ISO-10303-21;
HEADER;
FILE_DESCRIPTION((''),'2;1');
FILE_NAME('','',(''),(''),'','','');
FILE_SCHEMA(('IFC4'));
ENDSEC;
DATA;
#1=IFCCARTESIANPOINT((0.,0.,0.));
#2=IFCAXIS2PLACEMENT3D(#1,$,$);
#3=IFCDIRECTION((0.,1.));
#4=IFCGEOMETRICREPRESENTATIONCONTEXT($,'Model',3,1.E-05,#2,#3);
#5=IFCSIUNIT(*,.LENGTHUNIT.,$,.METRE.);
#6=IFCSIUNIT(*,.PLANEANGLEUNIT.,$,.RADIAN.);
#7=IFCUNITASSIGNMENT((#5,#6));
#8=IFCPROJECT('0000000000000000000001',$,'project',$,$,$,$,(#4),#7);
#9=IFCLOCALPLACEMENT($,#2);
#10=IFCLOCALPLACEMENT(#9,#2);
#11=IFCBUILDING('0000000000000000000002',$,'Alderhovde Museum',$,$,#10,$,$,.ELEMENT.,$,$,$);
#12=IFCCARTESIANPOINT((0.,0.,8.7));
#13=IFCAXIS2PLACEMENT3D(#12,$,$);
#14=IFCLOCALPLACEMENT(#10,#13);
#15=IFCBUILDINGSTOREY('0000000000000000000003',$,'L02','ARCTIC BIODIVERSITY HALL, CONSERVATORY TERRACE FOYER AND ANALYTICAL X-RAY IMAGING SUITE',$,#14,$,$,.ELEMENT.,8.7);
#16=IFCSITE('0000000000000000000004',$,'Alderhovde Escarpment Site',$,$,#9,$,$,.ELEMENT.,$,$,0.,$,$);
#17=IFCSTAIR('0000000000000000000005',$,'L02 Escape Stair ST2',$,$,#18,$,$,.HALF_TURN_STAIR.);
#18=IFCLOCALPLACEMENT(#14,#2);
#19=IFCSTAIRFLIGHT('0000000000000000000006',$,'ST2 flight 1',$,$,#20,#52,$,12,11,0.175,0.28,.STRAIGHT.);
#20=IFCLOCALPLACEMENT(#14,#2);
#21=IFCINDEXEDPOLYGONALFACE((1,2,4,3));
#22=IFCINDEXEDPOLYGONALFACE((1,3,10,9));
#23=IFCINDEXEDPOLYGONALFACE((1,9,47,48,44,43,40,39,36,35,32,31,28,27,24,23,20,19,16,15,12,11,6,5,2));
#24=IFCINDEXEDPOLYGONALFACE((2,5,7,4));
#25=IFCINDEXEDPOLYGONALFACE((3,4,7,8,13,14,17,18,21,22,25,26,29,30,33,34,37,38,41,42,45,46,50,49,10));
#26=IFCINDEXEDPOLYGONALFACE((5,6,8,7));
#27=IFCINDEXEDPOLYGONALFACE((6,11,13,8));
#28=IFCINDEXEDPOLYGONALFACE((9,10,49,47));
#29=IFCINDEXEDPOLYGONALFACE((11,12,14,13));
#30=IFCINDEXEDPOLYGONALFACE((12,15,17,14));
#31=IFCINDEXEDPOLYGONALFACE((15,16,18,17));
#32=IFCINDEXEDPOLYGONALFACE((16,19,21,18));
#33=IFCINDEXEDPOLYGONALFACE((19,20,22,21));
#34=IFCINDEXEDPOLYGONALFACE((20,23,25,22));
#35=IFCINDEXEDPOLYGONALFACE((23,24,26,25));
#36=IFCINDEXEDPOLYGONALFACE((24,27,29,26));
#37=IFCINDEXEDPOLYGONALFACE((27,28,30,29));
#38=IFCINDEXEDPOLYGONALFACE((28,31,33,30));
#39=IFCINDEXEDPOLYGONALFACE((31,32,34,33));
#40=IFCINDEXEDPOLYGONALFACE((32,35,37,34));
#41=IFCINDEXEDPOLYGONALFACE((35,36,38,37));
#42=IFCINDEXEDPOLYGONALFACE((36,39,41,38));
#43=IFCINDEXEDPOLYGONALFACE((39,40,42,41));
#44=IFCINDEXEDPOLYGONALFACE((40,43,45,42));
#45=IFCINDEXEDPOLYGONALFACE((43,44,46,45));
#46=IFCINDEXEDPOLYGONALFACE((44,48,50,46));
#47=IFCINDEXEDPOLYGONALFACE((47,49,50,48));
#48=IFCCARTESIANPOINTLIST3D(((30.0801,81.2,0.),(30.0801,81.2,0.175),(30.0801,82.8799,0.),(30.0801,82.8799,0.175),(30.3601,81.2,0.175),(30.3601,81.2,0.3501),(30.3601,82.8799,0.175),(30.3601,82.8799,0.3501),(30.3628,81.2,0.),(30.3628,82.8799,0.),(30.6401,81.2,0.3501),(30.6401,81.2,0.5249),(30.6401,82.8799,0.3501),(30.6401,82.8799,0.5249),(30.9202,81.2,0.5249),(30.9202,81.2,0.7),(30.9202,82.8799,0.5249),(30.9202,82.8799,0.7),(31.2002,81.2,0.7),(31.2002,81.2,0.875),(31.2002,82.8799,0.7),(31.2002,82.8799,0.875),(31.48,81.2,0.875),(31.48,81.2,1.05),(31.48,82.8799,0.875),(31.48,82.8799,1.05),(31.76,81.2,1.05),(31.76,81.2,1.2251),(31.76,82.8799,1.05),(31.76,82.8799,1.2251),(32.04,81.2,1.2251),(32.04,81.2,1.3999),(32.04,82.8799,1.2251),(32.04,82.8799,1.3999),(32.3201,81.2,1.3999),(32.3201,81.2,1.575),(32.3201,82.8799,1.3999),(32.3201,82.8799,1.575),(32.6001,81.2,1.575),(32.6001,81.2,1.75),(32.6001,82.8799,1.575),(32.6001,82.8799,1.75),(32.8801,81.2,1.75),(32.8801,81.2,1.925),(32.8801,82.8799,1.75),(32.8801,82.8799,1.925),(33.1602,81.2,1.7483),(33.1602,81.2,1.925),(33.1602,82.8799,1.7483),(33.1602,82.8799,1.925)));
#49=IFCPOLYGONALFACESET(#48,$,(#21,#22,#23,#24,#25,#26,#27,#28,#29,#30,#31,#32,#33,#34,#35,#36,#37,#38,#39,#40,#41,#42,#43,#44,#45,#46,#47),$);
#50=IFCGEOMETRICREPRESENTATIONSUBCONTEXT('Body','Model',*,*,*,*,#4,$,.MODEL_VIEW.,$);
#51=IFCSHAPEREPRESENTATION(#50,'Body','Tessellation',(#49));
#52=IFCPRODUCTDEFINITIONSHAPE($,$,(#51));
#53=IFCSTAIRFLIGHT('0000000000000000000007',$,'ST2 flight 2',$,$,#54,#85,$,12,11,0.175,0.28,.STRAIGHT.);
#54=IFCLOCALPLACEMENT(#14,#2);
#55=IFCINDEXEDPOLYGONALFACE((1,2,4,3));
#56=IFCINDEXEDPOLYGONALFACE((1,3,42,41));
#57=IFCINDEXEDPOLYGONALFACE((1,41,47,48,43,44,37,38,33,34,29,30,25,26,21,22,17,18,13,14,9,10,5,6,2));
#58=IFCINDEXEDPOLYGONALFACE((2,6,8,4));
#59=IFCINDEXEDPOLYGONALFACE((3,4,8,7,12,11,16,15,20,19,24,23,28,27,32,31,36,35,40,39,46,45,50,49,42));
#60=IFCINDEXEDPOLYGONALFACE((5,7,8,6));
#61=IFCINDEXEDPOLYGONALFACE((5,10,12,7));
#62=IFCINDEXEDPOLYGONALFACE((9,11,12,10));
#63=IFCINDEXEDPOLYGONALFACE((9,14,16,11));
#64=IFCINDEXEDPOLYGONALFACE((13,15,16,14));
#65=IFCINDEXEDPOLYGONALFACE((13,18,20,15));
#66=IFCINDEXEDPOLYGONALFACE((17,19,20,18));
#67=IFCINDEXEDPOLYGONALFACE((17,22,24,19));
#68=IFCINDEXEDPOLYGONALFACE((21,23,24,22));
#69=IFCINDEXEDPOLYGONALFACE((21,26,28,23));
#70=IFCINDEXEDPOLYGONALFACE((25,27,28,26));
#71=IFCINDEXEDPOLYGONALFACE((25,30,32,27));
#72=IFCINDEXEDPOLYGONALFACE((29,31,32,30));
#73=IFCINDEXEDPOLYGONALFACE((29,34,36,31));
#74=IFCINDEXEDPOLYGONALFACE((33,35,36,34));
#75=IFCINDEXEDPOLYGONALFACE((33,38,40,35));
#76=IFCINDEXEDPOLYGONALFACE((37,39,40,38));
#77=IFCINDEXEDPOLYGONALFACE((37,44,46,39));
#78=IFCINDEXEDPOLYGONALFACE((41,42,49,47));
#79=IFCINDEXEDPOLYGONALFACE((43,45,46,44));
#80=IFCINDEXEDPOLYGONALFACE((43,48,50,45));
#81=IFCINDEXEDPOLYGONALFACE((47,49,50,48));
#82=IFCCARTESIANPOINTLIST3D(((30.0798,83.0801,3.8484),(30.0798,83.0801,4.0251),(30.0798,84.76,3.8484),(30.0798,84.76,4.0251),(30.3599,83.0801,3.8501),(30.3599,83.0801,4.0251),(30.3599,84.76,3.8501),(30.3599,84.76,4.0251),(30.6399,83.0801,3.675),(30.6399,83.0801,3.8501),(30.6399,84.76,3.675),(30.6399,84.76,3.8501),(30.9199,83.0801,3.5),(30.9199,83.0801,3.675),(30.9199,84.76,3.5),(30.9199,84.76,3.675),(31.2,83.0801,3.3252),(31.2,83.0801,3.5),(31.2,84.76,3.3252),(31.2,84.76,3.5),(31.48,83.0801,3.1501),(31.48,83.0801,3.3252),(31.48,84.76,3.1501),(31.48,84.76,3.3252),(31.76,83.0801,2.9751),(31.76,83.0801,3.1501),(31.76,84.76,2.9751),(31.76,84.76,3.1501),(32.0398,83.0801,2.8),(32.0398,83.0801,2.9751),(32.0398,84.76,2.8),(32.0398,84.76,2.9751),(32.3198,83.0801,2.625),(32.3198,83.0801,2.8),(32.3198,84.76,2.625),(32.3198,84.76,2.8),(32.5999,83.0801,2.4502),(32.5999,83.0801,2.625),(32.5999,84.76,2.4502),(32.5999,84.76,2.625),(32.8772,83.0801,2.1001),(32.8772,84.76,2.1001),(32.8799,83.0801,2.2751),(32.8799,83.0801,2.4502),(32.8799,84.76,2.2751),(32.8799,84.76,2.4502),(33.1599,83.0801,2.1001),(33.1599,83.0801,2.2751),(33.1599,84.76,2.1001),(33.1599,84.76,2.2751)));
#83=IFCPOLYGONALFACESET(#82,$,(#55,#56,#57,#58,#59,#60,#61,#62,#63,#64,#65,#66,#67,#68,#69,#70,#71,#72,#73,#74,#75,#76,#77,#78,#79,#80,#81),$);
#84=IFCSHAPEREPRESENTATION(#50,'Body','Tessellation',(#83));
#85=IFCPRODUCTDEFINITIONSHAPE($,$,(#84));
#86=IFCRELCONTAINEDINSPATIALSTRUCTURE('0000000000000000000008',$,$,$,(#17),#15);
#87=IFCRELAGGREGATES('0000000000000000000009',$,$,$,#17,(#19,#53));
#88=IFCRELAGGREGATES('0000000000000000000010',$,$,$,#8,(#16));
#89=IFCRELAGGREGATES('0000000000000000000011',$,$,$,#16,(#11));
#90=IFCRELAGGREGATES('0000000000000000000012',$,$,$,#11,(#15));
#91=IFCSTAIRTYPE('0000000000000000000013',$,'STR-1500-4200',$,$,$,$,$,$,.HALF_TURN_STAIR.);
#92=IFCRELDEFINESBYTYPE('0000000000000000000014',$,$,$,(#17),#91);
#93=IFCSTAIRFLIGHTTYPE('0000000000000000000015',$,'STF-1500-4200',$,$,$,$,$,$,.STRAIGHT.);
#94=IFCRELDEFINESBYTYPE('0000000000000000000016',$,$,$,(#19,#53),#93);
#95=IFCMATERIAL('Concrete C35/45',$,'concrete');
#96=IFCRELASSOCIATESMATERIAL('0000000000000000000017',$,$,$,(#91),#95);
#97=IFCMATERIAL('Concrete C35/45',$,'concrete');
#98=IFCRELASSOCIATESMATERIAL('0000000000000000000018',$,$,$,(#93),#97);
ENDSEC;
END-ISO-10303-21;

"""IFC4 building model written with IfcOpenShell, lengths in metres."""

from ifc_helpers import new_model, si_unit, direction, frame, origin, place, context, subcontext, project, spatial, polyline, outline, extrude, material, type_object, element, aggregate, save


model = new_model("IFC4")

# Units and contexts
model_context = context("Model", 3, precision=1e-05, world=origin(), true_north=direction((0.0, 1.0)))
body_context = subcontext(model_context, "Body", "Model", "MODEL_VIEW")
ifc_project = project(units=[si_unit("LENGTHUNIT", "METRE"), si_unit("PLANEANGLEUNIT", "RADIAN")], contexts=[model_context])

# Site, building, storey
site_placement = place(None, origin())
site = spatial("IfcSite", under=ifc_project, at=site_placement, Name="Alderhovde Escarpment Site", CompositionType="ELEMENT", RefElevation=0.0)
building_placement = place(site_placement, origin())
building = spatial("IfcBuilding", under=site, at=building_placement, Name="Alderhovde Museum", CompositionType="ELEMENT")
storey_placement = place(building_placement, frame((0.0, 0.0, 8.7)))
storey = spatial("IfcBuildingStorey", under=building, at=storey_placement, Name="L02", Description="ARCTIC BIODIVERSITY HALL, CONSERVATORY TERRACE FOYER AND ANALYTICAL X-RAY IMAGING SUITE", CompositionType="ELEMENT", Elevation=8.7)

# Stair, stair flights
ifc_material_1 = material(Name="Concrete C35/45", Category="concrete")
stair_type = type_object("IfcStairType", Name="STR-1500-4200", PredefinedType="HALF_TURN_STAIR", material=ifc_material_1)
stair_placement = place(storey_placement, origin())
stair = element("IfcStair", 1, at=stair_placement, inside=storey, type_object=stair_type, Name="L02 Escape Stair ST2", PredefinedType="HALF_TURN_STAIR")
ifc_material_2 = material(Name="Concrete C35/45", Category="concrete")
stair_flight_type = type_object("IfcStairFlightType", Name="STF-1500-4200", PredefinedType="STRAIGHT", material=ifc_material_2)
stair_flight_1_placement = place(storey_placement, frame((30.0801, 82.04, 0.0), z_axis=(0.0, 0.0, 1.0), x_axis=(1.0, 0.0, 0.0)))
stair_flight_1 = element("IfcStairFlight", 2, at=stair_flight_1_placement, type_object=stair_flight_type, Name="ST2 flight 1", NumberOfRisers=12, NumberOfTreads=11, PredefinedType="STRAIGHT", RiserHeight=0.175, TreadLength=0.28, context=body_context, shape_type="SweptSolid", body=[
    extrude(outline(polyline([(0.0, 0.0), (0.0, 0.175), (0.28, 0.175), (0.28, 0.3501), (0.5601, 0.3501), (0.5601, 0.5249), (0.8401, 0.5249), (0.8401, 0.7), (1.1201, 0.7), (1.1201, 0.875), (1.3999, 0.875), (1.3999, 1.05), (1.6799, 1.05), (1.6799, 1.2251), (1.96, 1.2251), (1.96, 1.3999), (2.24, 1.3999), (2.24, 1.575), (2.52, 1.575), (2.52, 1.75), (2.8, 1.75), (2.8, 1.925), (3.0801, 1.925), (3.0801, 2.1001), (3.0801, 1.7483), (0.2827, 0.0), (0.0, 0.0)])), frame((0.0, 0.8398, 0.0), z_axis=(0.0, -1.0, 0.0), x_axis=(1.0, 0.0, 0.0)), (0.0, 0.0, 1.0), 1.6799),
])
stair_flight_2_placement = place(storey_placement, frame((33.1599, 83.9199, 2.1001), z_axis=(0.0, 0.0, 1.0), x_axis=(-1.0, 0.0, 0.0)))
stair_flight_2 = element("IfcStairFlight", 3, at=stair_flight_2_placement, type_object=stair_flight_type, Name="ST2 flight 2", NumberOfRisers=12, NumberOfTreads=11, PredefinedType="STRAIGHT", RiserHeight=0.175, TreadLength=0.28, context=body_context, shape_type="SweptSolid", body=[
    extrude(outline(polyline([(0.0, 0.0), (0.0, 0.175), (0.28, 0.175), (0.28, 0.3501), (0.5601, 0.3501), (0.5601, 0.5249), (0.8401, 0.5249), (0.8401, 0.7), (1.1201, 0.7), (1.1201, 0.875), (1.3999, 0.875), (1.3999, 1.05), (1.6799, 1.05), (1.6799, 1.2251), (1.96, 1.2251), (1.96, 1.3999), (2.24, 1.3999), (2.24, 1.575), (2.52, 1.575), (2.52, 1.75), (2.8, 1.75), (2.8, 1.925), (3.0801, 1.925), (3.0801, 2.1001), (3.0801, 1.7483), (0.2827, 0.0), (0.0, 0.0)])), frame((0.0, 0.8398, 0.0), z_axis=(0.0, -1.0, 0.0), x_axis=(1.0, 0.0, 0.0)), (0.0, 0.0, 1.0), 1.6799),
])
aggregate(stair, [stair_flight_1, stair_flight_2])

save(model, "model.ifc")
